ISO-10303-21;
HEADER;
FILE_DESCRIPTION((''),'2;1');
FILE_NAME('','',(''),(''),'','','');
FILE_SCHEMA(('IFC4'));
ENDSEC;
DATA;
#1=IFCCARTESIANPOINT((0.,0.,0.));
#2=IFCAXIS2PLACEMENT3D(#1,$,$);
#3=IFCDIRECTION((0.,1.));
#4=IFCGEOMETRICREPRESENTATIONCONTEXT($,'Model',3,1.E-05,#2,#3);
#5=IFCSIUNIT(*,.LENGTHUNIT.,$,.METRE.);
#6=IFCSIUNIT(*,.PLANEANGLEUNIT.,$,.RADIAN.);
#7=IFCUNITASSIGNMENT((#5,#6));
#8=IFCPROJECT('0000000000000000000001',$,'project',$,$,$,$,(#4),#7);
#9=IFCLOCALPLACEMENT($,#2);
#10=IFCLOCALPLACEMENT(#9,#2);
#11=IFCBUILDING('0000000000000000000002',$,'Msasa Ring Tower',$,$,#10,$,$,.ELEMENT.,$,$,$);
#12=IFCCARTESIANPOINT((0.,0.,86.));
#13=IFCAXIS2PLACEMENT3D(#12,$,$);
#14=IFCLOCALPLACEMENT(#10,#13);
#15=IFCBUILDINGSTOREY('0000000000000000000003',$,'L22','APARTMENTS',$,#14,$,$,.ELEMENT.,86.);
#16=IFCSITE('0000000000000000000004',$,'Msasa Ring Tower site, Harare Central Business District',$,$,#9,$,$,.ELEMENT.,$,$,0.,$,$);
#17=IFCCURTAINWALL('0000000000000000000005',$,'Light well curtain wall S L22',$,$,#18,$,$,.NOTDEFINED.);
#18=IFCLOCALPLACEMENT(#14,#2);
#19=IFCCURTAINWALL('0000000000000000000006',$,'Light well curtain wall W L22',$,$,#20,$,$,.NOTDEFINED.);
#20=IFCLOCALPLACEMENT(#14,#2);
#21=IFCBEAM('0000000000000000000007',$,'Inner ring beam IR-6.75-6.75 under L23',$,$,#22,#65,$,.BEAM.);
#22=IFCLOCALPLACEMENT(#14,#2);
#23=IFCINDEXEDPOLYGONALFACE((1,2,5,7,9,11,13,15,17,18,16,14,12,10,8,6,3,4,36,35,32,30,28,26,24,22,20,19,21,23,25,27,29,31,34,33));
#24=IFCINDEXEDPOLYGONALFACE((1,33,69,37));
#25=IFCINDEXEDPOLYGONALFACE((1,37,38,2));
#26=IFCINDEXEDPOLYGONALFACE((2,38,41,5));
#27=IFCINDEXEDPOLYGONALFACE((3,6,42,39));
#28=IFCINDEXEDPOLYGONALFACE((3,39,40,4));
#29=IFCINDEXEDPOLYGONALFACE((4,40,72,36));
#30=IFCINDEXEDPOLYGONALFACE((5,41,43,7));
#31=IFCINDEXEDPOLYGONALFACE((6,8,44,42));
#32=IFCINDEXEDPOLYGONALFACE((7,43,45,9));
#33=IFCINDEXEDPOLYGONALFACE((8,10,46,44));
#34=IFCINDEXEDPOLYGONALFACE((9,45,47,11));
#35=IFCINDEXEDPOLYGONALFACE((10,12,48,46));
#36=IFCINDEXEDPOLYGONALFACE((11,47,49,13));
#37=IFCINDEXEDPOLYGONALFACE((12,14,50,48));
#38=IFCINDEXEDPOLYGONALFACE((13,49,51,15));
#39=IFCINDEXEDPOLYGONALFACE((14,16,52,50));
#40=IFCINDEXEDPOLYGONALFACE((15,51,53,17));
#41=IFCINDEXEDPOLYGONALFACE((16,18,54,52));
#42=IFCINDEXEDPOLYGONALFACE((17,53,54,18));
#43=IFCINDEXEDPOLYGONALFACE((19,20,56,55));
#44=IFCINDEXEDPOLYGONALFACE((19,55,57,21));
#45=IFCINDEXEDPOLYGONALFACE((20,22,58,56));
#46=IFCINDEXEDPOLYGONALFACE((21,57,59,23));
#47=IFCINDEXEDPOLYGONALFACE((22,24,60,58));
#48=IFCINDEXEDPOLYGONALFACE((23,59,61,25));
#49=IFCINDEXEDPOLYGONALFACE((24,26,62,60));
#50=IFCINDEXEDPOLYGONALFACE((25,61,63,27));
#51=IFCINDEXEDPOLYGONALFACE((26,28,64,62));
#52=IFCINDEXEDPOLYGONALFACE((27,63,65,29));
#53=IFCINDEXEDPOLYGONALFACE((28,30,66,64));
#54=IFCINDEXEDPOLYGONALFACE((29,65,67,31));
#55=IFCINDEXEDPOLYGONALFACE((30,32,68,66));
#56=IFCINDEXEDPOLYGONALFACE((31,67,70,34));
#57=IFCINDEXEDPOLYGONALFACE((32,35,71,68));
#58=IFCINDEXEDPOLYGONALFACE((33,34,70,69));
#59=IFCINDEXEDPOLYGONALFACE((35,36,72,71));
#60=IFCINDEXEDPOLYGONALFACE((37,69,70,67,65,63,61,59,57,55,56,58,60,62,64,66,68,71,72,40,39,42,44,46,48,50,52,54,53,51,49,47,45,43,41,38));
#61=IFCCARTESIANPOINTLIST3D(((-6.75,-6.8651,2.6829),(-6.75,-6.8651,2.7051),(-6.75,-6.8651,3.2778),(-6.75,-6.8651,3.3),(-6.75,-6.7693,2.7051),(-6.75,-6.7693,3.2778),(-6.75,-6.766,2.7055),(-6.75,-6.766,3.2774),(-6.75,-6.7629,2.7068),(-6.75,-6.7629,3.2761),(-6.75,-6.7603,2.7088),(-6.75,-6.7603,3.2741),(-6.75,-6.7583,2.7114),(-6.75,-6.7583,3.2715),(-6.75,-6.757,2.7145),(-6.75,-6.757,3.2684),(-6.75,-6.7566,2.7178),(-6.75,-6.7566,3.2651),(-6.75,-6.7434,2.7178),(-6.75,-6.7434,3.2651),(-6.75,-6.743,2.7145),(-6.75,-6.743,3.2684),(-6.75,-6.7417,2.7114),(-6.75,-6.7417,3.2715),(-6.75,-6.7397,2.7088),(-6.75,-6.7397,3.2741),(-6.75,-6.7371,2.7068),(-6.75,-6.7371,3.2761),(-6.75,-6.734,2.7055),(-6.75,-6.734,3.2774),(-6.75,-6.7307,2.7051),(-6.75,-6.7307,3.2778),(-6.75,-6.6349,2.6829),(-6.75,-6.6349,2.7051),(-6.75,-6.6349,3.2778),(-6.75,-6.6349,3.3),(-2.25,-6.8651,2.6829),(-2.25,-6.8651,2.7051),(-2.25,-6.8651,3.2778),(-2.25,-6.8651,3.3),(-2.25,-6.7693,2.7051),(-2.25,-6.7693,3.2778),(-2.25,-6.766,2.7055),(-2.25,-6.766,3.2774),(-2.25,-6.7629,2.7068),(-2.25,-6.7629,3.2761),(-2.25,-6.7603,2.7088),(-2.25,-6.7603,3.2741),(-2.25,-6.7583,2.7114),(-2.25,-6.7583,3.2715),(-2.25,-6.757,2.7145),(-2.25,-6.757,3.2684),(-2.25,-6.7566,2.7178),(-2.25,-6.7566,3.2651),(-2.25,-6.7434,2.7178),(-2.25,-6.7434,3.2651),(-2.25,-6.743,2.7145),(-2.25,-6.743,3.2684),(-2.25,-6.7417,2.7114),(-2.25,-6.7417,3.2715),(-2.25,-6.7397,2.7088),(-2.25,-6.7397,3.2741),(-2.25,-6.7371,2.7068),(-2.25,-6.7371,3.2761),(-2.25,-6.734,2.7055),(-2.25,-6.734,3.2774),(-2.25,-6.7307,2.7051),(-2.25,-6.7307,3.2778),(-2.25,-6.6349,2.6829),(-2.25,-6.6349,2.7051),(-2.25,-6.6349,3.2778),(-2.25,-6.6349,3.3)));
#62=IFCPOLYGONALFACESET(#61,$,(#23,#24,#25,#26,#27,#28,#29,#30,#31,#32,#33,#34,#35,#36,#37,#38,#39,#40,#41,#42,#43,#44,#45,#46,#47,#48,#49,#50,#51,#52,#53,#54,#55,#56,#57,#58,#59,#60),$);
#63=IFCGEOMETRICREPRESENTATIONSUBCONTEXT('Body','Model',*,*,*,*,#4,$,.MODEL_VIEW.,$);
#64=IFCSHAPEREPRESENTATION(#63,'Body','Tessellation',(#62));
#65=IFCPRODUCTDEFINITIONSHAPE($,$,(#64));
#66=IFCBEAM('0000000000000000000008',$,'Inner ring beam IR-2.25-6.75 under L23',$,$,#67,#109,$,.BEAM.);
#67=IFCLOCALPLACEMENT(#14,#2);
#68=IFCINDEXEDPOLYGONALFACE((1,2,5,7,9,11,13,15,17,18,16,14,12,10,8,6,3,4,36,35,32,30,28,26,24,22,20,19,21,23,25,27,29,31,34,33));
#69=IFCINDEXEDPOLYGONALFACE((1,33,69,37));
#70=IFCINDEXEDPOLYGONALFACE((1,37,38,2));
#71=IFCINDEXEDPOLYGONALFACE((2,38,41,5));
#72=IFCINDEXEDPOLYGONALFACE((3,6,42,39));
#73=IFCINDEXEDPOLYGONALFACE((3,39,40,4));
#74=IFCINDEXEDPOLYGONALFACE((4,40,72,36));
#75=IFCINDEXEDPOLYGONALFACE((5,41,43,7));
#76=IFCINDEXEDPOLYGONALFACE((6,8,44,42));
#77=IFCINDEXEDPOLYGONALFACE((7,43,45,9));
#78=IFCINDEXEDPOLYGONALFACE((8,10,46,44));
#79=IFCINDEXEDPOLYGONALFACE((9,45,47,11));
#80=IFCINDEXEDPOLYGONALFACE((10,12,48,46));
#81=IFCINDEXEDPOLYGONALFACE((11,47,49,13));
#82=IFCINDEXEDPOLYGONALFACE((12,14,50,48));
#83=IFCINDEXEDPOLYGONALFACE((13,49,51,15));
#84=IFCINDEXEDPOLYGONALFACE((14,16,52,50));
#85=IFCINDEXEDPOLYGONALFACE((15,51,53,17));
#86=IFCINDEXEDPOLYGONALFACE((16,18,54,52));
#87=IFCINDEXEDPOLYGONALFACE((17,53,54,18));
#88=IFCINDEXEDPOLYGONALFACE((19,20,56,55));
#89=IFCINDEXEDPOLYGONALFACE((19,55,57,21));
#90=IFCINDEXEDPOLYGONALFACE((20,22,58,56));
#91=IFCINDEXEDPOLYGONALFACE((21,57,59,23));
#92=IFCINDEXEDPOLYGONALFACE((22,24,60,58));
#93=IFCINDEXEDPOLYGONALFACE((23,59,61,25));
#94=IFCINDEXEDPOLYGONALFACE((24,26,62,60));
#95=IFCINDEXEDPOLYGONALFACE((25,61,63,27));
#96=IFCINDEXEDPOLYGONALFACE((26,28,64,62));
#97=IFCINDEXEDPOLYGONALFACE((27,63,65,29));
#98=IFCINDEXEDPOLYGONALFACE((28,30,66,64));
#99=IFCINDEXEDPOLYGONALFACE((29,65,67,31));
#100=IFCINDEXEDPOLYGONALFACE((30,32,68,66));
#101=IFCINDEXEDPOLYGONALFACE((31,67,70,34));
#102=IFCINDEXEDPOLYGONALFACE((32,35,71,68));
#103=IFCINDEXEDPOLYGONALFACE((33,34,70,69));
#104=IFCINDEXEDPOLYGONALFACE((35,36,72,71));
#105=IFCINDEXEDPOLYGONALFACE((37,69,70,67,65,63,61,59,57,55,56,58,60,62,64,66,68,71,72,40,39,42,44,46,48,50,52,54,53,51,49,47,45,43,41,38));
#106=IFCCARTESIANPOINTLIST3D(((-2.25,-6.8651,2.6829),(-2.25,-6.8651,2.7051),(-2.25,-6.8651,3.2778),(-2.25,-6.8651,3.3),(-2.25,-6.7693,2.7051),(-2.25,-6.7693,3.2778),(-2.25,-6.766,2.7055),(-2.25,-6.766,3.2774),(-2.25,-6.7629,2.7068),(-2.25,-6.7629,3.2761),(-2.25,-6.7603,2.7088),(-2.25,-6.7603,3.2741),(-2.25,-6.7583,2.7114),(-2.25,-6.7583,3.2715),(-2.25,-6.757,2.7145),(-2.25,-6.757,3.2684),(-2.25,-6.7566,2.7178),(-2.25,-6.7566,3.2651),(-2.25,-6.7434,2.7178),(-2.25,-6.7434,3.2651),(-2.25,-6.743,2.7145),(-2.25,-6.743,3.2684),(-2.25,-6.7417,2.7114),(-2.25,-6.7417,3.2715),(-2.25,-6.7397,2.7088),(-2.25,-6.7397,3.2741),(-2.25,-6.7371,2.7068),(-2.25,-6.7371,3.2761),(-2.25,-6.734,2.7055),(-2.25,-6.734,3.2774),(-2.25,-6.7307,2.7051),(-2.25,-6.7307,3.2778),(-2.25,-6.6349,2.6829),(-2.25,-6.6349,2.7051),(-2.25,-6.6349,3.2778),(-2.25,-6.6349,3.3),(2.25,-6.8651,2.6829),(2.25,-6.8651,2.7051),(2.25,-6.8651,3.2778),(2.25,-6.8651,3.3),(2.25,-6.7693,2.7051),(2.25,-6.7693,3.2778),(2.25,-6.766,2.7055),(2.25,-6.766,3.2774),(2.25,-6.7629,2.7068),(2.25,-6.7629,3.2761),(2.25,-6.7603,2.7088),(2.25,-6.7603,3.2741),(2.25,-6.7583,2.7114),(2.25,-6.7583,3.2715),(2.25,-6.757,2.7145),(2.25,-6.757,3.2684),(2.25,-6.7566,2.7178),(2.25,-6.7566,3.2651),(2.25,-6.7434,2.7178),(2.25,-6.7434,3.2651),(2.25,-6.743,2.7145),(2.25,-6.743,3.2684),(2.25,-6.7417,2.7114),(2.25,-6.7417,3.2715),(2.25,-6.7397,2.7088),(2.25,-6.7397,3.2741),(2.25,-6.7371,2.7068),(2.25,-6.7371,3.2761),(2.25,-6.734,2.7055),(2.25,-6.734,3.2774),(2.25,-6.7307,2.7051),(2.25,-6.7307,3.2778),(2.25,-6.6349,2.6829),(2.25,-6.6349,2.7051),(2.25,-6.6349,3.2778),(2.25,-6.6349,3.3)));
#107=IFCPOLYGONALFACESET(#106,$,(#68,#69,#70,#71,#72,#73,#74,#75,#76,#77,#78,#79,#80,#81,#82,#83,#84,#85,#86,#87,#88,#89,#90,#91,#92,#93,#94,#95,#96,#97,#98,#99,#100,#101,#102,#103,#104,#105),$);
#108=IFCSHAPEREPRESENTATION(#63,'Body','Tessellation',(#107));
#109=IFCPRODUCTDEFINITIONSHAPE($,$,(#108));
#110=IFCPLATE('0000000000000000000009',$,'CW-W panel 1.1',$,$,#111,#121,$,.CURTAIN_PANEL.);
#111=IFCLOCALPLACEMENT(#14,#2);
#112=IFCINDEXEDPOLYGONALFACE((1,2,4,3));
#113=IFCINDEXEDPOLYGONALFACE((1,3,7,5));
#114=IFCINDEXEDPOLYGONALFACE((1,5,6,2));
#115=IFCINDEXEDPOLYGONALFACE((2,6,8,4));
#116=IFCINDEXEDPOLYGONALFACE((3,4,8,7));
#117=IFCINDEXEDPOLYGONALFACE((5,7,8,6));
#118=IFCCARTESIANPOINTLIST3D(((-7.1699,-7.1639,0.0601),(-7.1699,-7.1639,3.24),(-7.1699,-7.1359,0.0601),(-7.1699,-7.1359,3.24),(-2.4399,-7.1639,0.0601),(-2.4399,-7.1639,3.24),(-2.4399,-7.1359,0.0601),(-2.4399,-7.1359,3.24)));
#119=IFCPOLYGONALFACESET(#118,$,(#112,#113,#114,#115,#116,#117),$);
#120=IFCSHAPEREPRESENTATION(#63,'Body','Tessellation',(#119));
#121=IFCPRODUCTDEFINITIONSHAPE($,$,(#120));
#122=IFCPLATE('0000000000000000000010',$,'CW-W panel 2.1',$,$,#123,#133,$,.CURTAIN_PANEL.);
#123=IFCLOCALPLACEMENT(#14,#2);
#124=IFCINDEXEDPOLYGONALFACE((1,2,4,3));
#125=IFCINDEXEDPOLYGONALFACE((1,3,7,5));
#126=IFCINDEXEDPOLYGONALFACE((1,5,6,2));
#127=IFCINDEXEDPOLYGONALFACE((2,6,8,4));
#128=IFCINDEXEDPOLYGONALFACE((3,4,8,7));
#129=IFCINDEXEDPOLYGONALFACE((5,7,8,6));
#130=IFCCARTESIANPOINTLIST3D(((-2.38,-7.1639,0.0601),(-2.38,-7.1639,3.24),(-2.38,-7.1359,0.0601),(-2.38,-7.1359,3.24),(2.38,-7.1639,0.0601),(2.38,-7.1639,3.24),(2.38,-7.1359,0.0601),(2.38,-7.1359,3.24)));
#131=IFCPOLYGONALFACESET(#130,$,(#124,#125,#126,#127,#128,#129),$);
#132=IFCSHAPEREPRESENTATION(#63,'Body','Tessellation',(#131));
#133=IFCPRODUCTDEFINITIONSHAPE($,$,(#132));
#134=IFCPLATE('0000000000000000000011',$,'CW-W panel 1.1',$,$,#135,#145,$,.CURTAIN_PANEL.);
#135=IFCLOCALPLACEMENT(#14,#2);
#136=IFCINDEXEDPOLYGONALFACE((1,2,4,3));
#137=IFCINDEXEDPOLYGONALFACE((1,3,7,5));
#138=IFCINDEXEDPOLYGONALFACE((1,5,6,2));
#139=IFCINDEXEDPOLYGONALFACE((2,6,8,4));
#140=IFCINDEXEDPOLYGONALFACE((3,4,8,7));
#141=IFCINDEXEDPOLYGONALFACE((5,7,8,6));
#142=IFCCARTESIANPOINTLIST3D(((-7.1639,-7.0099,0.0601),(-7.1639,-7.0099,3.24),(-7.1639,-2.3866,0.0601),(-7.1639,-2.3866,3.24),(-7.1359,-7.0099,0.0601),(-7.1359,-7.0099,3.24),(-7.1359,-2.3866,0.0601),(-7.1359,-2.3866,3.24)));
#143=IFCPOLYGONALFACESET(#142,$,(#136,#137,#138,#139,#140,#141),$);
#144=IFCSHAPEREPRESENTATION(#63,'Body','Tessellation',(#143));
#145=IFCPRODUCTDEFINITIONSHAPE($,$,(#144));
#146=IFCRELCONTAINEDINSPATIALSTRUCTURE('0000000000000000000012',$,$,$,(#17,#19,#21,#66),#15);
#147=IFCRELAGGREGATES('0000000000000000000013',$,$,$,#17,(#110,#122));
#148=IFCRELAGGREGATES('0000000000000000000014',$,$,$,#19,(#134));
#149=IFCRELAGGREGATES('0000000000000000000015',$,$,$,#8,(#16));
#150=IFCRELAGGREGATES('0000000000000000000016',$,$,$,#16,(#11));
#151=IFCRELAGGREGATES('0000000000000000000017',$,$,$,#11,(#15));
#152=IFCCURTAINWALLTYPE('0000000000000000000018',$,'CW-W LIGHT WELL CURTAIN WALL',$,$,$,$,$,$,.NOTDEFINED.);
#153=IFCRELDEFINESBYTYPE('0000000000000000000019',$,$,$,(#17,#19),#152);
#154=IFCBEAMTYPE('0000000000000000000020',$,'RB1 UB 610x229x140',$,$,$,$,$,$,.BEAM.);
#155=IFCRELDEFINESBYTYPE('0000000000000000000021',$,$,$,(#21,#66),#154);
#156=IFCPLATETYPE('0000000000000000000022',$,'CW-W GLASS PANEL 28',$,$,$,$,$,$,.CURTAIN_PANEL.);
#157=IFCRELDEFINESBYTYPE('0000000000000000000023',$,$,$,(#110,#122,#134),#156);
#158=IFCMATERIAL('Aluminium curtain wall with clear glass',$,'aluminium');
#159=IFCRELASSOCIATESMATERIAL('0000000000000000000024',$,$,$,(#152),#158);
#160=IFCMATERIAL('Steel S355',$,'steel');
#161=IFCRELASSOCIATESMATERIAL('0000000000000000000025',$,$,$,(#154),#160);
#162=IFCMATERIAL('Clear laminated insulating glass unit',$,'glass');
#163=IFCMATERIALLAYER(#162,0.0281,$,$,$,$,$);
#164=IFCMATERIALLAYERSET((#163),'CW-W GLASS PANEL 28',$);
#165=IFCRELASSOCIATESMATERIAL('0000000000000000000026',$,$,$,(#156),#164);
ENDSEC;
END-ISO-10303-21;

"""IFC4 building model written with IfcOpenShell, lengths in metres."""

from ifc_helpers import new_model, si_unit, direction, frame, origin, origin_2d, place, context, subcontext, project, spatial, rectangle, i_section, extrude, material, layer, layer_set, material_profile, profile_set, type_object, element, aggregate, save


model = new_model("IFC4")

# Units and contexts
model_context = context("Model", 3, precision=1e-05, world=origin(), true_north=direction((0.0, 1.0)))
body_context = subcontext(model_context, "Body", "Model", "MODEL_VIEW")
ifc_project = project(units=[si_unit("LENGTHUNIT", "METRE"), si_unit("PLANEANGLEUNIT", "RADIAN")], contexts=[model_context])

# Site, building, storey
site_placement = place(None, origin())
site = spatial("IfcSite", under=ifc_project, at=site_placement, Name="Msasa Ring Tower site, Harare Central Business District", CompositionType="ELEMENT", RefElevation=0.0)
building_placement = place(site_placement, origin())
building = spatial("IfcBuilding", under=site, at=building_placement, Name="Msasa Ring Tower", CompositionType="ELEMENT")
storey_placement = place(building_placement, frame((0.0, 0.0, 86.0)))
storey = spatial("IfcBuildingStorey", under=building, at=storey_placement, Name="L22", Description="APARTMENTS", CompositionType="ELEMENT", Elevation=86.0)

# Curtain walls
ifc_material_1 = material(Name="Aluminium curtain wall with clear glass", Category="aluminium")
curtain_wall_type = type_object("IfcCurtainWallType", Name="CW-W LIGHT WELL CURTAIN WALL", PredefinedType="NOTDEFINED", material=ifc_material_1)
curtain_wall_1_placement = place(storey_placement, origin())
curtain_wall_1 = element("IfcCurtainWall", 1, at=curtain_wall_1_placement, inside=storey, type_object=curtain_wall_type, Name="Light well curtain wall S L22", PredefinedType="NOTDEFINED")
curtain_wall_2_placement = place(storey_placement, origin())
curtain_wall_2 = element("IfcCurtainWall", 2, at=curtain_wall_2_placement, inside=storey, type_object=curtain_wall_type, Name="Light well curtain wall W L22", PredefinedType="NOTDEFINED")

# Beams
ifc_material_2 = material(Name="Steel S355", Category="steel")
ifc_material_profile_1 = material_profile(ifc_material_2, i_section(OverallWidth=0.2302, OverallDepth=0.6172, WebThickness=0.0132, FlangeThickness=0.0222, FilletRadius=0.0127, at=origin_2d()), Name="UB 610x229x140")
ifc_profile_set_1 = profile_set([ifc_material_profile_1], Name="Steel S355")
beam_type = type_object("IfcBeamType", Name="RB1 UB 610x229x140", PredefinedType="BEAM", material=ifc_profile_set_1)
for number, where, z_axis, x_axis, name in (
    (3, (-6.75, -6.75, 2.9915), (1.0, 0.0, 0.0), (0.0, 1.0, 0.0), "Inner ring beam IR-6.75-6.75 under L23"),
    (4, (-2.25, -6.75, 2.9915), (1.0, 0.0, 0.0), (0.0, 1.0, 0.0), "Inner ring beam IR-2.25-6.75 under L23"),
):
    element("IfcBeam", number, at=place(storey_placement, frame(where, z_axis=z_axis, x_axis=x_axis)), inside=storey, type_object=beam_type, Name=name, PredefinedType="BEAM", context=body_context, shape_type="SweptSolid", body=[
        extrude(i_section(OverallWidth=0.2302, OverallDepth=0.6172, WebThickness=0.0132, FlangeThickness=0.0222, FilletRadius=0.0127, at=origin_2d()), origin(), (0.0, 0.0, 1.0), 4.5),
    ])

# Plates
ifc_material_3 = material(Name="Clear laminated insulating glass unit", Category="glass")
ifc_layer = layer(ifc_material_3, 0.0281)
ifc_layer_set = layer_set([ifc_layer], Name="CW-W GLASS PANEL 28")
plate_type = type_object("IfcPlateType", Name="CW-W GLASS PANEL 28", PredefinedType="CURTAIN_PANEL", material=ifc_layer_set)
plate_1_placement = place(storey_placement, frame((-4.8049, -7.1499, 0.0601), z_axis=(0.0, 0.0, 1.0), x_axis=(1.0, 0.0, 0.0)))
plate_1 = element("IfcPlate", 5, at=plate_1_placement, type_object=plate_type, Name="CW-W panel 1.1", PredefinedType="CURTAIN_PANEL", context=body_context, shape_type="SweptSolid", body=[
    extrude(rectangle(XDim=4.73, YDim=0.0281, at=origin_2d()), origin(), (0.0, 0.0, 1.0), 3.1799),
])
plate_2_placement = place(storey_placement, frame((0.0, -7.1499, 0.0601), z_axis=(0.0, 0.0, 1.0), x_axis=(1.0, 0.0, 0.0)))
plate_2 = element("IfcPlate", 6, at=plate_2_placement, type_object=plate_type, Name="CW-W panel 2.1", PredefinedType="CURTAIN_PANEL", context=body_context, shape_type="SweptSolid", body=[
    extrude(rectangle(XDim=4.76, YDim=0.0281, at=origin_2d()), origin(), (0.0, 0.0, 1.0), 3.1799),
])
aggregate(curtain_wall_1, [plate_1, plate_2])
plate_3_placement = place(storey_placement, frame((-7.1499, -4.6982, 0.0601), z_axis=(0.0, 0.0, 1.0), x_axis=(0.0, 1.0, 0.0)))
plate_3 = element("IfcPlate", 7, at=plate_3_placement, type_object=plate_type, Name="CW-W panel 1.1", PredefinedType="CURTAIN_PANEL", context=body_context, shape_type="SweptSolid", body=[
    extrude(rectangle(XDim=4.6233, YDim=0.0281, at=origin_2d()), origin(), (0.0, 0.0, 1.0), 3.1799),
])
aggregate(curtain_wall_2, [plate_3])

save(model, "model.ifc")
